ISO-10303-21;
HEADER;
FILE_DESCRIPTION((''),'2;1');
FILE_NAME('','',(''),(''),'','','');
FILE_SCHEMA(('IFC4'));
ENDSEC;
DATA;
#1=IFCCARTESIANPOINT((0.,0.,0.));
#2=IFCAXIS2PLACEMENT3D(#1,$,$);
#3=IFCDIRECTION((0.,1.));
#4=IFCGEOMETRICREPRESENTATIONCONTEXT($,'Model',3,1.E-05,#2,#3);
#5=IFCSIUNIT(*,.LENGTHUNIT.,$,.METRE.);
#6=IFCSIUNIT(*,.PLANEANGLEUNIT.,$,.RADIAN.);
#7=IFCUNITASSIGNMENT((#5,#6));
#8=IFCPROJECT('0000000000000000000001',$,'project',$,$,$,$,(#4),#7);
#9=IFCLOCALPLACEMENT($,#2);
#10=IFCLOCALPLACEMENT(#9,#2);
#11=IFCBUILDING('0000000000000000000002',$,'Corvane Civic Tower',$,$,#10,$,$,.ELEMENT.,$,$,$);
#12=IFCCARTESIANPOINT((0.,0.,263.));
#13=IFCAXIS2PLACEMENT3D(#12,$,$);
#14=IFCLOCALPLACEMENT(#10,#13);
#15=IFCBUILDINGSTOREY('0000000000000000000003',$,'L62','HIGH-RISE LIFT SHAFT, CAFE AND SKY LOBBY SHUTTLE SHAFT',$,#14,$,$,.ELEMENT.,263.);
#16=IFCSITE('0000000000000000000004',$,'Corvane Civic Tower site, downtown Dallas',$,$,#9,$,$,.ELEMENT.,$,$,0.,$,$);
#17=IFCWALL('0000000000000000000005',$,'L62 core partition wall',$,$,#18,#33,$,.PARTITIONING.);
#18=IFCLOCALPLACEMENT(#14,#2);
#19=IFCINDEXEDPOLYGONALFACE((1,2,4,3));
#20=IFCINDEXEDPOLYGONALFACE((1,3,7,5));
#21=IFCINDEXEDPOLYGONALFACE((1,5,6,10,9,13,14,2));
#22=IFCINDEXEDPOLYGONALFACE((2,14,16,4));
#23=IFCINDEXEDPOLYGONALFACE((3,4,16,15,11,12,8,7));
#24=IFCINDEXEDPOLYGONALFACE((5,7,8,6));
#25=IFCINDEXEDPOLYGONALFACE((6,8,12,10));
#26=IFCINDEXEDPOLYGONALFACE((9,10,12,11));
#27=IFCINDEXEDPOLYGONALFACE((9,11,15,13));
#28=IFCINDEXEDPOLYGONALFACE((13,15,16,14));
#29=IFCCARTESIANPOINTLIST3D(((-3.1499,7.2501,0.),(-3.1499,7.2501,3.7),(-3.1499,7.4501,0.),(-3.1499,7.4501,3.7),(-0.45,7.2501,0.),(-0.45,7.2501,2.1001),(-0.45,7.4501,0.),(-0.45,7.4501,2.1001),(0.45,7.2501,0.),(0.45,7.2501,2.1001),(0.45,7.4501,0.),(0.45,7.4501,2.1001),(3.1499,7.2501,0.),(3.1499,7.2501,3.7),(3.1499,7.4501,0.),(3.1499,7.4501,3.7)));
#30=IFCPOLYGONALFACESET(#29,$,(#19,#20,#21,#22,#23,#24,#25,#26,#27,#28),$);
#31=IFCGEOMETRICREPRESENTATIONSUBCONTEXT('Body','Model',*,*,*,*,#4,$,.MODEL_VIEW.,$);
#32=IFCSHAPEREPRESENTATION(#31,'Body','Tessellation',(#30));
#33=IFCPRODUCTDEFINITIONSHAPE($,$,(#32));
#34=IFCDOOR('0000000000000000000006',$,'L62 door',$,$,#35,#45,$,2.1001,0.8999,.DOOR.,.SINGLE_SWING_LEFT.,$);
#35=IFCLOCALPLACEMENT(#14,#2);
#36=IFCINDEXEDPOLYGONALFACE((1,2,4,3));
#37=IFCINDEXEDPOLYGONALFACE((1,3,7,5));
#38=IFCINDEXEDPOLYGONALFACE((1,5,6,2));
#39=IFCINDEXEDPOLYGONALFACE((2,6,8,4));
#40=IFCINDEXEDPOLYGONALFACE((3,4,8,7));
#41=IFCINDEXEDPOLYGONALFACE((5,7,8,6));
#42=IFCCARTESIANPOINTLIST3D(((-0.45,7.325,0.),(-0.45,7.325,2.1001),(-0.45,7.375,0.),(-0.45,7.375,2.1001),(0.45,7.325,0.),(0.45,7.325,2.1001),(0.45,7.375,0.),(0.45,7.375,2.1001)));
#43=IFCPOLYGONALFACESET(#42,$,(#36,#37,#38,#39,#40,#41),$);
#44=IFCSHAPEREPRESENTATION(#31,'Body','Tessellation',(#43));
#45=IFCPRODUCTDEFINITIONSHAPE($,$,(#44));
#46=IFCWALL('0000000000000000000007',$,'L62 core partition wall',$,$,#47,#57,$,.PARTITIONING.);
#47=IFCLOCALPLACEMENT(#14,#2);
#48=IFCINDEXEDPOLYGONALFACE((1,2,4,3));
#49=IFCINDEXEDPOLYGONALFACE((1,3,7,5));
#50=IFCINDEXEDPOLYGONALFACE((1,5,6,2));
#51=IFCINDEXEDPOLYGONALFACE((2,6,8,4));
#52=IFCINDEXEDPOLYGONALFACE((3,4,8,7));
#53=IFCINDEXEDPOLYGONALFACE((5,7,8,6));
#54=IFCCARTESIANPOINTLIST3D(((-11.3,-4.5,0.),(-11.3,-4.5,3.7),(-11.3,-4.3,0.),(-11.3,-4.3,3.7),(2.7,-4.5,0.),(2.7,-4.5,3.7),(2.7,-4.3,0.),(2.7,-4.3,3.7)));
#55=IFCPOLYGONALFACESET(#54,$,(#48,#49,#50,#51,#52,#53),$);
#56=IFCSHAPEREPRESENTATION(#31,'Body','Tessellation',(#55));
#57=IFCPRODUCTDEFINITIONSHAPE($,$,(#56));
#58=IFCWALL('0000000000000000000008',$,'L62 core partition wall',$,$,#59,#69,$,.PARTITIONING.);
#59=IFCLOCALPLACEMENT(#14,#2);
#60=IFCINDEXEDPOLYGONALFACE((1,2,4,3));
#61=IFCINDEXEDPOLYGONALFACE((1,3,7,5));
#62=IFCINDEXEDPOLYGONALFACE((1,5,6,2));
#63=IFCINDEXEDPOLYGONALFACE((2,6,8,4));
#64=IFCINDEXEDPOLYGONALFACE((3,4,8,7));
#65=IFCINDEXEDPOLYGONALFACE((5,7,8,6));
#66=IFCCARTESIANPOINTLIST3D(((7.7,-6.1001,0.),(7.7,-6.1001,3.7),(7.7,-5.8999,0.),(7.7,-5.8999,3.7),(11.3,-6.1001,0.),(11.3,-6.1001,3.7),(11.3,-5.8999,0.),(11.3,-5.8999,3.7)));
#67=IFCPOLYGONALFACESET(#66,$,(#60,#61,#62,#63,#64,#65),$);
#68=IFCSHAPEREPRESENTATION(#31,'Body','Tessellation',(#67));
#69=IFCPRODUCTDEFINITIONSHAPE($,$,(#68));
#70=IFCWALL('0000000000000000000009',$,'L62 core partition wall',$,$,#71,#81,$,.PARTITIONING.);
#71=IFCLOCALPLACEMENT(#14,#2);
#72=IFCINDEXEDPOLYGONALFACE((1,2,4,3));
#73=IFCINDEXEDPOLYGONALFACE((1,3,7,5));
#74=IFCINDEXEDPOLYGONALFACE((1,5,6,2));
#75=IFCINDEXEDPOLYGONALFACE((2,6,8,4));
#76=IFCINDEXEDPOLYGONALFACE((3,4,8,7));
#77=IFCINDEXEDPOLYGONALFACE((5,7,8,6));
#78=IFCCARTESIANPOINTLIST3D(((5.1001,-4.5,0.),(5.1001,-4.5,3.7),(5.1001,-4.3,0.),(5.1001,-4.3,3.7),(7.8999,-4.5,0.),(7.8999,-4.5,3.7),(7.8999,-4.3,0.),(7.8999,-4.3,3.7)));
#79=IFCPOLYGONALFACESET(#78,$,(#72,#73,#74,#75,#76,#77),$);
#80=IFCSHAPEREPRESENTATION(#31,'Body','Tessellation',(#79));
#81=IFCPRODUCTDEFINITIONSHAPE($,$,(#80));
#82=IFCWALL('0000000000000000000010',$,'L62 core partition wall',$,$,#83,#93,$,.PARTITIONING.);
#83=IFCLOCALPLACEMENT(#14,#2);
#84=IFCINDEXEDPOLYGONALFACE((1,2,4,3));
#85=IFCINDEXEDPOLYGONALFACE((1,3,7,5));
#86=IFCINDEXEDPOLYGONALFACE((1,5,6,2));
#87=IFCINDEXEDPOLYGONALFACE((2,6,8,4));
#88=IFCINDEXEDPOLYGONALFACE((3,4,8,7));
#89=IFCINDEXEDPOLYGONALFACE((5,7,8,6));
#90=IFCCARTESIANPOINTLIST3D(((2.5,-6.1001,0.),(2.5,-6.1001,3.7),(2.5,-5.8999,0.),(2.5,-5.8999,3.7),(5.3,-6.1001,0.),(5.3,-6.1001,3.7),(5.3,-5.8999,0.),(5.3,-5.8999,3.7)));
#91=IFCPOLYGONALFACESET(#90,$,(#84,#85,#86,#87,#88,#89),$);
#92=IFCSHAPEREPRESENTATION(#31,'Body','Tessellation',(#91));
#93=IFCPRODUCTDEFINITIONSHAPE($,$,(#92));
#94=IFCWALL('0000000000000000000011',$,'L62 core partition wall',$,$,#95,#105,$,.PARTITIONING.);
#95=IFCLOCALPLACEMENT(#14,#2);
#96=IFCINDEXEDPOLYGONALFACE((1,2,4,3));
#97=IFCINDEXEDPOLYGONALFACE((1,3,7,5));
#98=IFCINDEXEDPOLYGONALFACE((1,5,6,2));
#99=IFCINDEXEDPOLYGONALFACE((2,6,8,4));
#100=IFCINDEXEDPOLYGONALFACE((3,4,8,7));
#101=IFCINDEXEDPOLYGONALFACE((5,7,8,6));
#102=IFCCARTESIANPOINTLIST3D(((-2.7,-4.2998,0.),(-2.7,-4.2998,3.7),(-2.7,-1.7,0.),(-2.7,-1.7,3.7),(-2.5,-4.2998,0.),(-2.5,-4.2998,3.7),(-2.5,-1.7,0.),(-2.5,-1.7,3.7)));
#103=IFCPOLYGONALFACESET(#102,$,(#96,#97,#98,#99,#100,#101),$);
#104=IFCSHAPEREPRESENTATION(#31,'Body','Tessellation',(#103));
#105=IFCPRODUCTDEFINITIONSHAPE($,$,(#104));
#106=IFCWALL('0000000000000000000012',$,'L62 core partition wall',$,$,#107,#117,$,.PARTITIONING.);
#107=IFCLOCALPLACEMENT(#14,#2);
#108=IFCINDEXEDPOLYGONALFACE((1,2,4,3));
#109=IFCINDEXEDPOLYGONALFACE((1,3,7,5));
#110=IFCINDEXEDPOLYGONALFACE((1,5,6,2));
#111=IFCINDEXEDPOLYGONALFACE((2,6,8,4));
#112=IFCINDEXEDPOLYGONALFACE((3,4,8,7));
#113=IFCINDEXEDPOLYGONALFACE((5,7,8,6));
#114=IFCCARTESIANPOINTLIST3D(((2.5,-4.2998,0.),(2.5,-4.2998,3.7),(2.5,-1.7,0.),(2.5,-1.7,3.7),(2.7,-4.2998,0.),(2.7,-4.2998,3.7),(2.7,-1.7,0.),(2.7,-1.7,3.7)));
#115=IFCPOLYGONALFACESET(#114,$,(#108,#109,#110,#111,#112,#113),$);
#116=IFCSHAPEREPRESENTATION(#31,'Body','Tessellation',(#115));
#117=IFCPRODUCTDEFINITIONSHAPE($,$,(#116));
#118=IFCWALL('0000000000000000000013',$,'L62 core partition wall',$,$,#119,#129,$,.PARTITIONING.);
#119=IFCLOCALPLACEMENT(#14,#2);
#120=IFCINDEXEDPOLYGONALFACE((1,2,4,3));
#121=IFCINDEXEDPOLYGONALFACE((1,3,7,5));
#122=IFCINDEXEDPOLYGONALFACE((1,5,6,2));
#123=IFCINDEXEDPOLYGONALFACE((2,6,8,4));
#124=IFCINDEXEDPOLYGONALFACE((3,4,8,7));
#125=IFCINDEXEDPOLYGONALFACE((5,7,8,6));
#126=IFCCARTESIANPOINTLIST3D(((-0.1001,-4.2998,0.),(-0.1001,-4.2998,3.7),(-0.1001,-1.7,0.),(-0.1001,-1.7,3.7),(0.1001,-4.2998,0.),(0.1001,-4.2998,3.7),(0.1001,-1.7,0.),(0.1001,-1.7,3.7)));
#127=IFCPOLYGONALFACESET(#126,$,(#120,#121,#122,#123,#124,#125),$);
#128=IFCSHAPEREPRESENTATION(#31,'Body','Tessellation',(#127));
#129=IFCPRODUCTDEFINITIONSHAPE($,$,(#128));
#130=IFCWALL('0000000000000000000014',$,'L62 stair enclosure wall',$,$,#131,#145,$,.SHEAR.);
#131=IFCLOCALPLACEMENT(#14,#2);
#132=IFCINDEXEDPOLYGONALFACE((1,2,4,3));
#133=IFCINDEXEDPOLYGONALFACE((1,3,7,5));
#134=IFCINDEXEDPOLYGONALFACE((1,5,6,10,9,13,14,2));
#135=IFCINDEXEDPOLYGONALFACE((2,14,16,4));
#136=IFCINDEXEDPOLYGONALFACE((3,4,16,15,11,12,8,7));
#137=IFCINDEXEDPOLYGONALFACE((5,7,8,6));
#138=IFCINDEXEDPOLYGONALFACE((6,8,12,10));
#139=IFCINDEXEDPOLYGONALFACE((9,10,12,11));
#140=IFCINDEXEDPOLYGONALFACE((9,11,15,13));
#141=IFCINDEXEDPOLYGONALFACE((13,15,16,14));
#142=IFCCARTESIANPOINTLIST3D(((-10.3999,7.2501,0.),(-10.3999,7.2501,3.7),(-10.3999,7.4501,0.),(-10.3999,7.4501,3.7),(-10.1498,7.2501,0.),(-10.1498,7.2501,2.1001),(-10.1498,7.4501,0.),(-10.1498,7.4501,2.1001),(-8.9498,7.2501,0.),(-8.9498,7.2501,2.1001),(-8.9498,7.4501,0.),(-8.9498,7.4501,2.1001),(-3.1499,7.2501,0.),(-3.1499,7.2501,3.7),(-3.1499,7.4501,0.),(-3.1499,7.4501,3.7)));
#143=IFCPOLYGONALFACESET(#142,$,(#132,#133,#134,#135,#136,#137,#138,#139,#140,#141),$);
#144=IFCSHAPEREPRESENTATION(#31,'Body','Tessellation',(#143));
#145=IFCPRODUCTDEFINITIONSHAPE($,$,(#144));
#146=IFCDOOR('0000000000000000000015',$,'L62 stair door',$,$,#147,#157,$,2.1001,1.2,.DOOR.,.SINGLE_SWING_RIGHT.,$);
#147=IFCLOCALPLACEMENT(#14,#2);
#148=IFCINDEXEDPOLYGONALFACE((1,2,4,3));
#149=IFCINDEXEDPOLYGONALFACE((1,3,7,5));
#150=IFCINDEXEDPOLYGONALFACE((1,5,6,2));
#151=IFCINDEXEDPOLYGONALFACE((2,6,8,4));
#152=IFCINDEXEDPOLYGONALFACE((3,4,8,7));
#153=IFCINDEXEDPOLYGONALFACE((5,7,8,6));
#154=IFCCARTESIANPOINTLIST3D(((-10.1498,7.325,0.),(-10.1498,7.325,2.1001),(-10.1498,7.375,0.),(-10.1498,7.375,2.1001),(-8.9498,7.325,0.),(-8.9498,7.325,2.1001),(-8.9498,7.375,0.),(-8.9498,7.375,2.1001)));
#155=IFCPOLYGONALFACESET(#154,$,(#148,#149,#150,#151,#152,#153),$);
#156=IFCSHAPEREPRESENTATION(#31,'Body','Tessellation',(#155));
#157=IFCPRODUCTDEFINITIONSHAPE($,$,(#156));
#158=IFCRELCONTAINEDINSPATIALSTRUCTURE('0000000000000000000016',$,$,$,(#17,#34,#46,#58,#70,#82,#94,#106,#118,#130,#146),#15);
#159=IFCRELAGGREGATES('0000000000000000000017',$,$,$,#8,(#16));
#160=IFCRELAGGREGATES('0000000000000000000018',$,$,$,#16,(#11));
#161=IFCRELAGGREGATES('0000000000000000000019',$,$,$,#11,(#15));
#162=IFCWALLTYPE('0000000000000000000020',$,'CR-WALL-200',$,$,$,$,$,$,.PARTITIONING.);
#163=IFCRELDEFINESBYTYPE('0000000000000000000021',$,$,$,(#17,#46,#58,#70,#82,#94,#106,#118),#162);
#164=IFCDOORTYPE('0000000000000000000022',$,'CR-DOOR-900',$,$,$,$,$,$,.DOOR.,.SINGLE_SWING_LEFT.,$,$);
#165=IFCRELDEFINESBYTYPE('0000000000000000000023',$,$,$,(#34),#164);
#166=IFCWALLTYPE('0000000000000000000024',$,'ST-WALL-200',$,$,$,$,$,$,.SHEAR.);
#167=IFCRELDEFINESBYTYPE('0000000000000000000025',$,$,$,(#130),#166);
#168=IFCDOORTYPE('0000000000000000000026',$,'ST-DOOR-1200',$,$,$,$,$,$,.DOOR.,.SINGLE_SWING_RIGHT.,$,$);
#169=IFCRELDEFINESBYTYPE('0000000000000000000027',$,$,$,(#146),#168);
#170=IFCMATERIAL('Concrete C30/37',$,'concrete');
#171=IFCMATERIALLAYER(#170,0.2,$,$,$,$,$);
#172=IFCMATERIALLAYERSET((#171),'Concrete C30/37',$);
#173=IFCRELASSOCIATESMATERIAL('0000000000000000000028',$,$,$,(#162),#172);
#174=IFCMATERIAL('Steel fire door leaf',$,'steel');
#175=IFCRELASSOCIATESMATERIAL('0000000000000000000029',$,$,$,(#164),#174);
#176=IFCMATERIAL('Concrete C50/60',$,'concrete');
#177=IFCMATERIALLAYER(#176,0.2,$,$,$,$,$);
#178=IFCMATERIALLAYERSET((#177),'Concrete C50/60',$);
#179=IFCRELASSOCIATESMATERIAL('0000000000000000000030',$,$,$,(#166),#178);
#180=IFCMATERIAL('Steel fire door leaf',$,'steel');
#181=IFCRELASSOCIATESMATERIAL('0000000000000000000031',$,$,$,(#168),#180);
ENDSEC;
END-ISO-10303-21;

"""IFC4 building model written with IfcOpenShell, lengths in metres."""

from ifc_helpers import new_model, si_unit, direction, frame, frame_2d, origin, place, context, subcontext, project, spatial, polyline, rectangle, outline, extrude, material, layer, layer_set, type_object, element, fill, save


model = new_model("IFC4")

# Units and contexts
model_context = context("Model", 3, precision=1e-05, world=origin(), true_north=direction((0.0, 1.0)))
body_context = subcontext(model_context, "Body", "Model", "MODEL_VIEW")
ifc_project = project(units=[si_unit("LENGTHUNIT", "METRE"), si_unit("PLANEANGLEUNIT", "RADIAN")], contexts=[model_context])

# Site, building, storey
site_placement = place(None, origin())
site = spatial("IfcSite", under=ifc_project, at=site_placement, Name="Corvane Civic Tower site, downtown Dallas", CompositionType="ELEMENT", RefElevation=0.0)
building_placement = place(site_placement, origin())
building = spatial("IfcBuilding", under=site, at=building_placement, Name="Corvane Civic Tower", CompositionType="ELEMENT")
storey_placement = place(building_placement, frame((0.0, 0.0, 263.0)))
storey = spatial("IfcBuildingStorey", under=building, at=storey_placement, Name="L62", Description="HIGH-RISE LIFT SHAFT, CAFE AND SKY LOBBY SHUTTLE SHAFT", CompositionType="ELEMENT", Elevation=263.0)

# Shared definitions
ifc_material_1 = material(Name="Concrete C30/37", Category="concrete")
ifc_layer_1 = layer(ifc_material_1, 0.2)
ifc_layer_set_1 = layer_set([ifc_layer_1], Name="Concrete C30/37")
wall_type_1 = type_object("IfcWallType", Name="CR-WALL-200", PredefinedType="PARTITIONING", material=ifc_layer_set_1)

# Wall, opening, door
wall_1_placement = place(storey_placement, frame((-3.1499, 7.3501, 0.0), z_axis=(0.0, 0.0, 1.0), x_axis=(1.0, 0.0, 0.0)))
wall_1 = element("IfcWall", 1, at=wall_1_placement, inside=storey, type_object=wall_type_1, Name="L62 core partition wall", PredefinedType="PARTITIONING", context=body_context, shape_type="SweptSolid", body=[
    extrude(rectangle(XDim=6.2998, YDim=0.2, at=frame_2d((3.1499, 0.0))), origin(), (0.0, 0.0, 1.0), 3.7),
])
opening_1_placement = place(wall_1_placement, frame((2.7, 0.0, 0.0)))
opening_1 = element("IfcOpeningElement", 2, at=opening_1_placement, cuts=wall_1, PredefinedType="OPENING", context=body_context, shape_type="SweptSolid", body=[
    extrude(rectangle(XDim=0.8999, YDim=2.1001, at=frame_2d((0.45, 1.05))), frame((0.0, 0.1099, 0.0), z_axis=(0.0, -1.0, 0.0), x_axis=(1.0, 0.0, 0.0)), (0.0, 0.0, 1.0), 0.22),
])
ifc_material_2 = material(Name="Steel fire door leaf", Category="steel")
door_type_1 = type_object("IfcDoorType", Name="CR-DOOR-900", OperationType="SINGLE_SWING_LEFT", PredefinedType="DOOR", material=ifc_material_2)
door_1_placement = place(opening_1_placement, origin())
door_1 = element("IfcDoor", 3, at=door_1_placement, inside=storey, type_object=door_type_1, Name="L62 door", OperationType="SINGLE_SWING_LEFT", OverallHeight=2.1001, OverallWidth=0.8999, PredefinedType="DOOR", context=body_context, shape_type="SweptSolid", body=[
    extrude(rectangle(XDim=0.8999, YDim=2.1001, at=frame_2d((0.45, 1.05))), frame((0.0, 0.0249, 0.0), z_axis=(0.0, -1.0, 0.0), x_axis=(1.0, 0.0, 0.0)), (0.0, 0.0, 1.0), 0.05),
])
fill(opening_1, door_1)

# Walls
wall_2_placement = place(storey_placement, origin())
element("IfcWall", 4, at=wall_2_placement, inside=storey, type_object=wall_type_1, Name="L62 core partition wall", PredefinedType="PARTITIONING", context=body_context, shape_type="SweptSolid", body=[
    extrude(outline(polyline([(2.7, -4.3), (2.7, -4.5), (-11.3, -4.5), (-11.3, -4.3), (2.7, -4.3)])), origin(), (0.0, 0.0, 1.0), 3.7),
])
wall_3_placement = place(storey_placement, origin())
element("IfcWall", 5, at=wall_3_placement, inside=storey, type_object=wall_type_1, Name="L62 core partition wall", PredefinedType="PARTITIONING", context=body_context, shape_type="SweptSolid", body=[
    extrude(outline(polyline([(11.3, -6.1001), (7.7, -6.1001), (7.7, -5.8999), (11.3, -5.8999), (11.3, -6.1001)])), origin(), (0.0, 0.0, 1.0), 3.7),
])
wall_4_placement = place(storey_placement, origin())
element("IfcWall", 6, at=wall_4_placement, inside=storey, type_object=wall_type_1, Name="L62 core partition wall", PredefinedType="PARTITIONING", context=body_context, shape_type="SweptSolid", body=[
    extrude(outline(polyline([(7.8999, -4.5), (5.1001, -4.5), (5.1001, -4.3), (7.8999, -4.3), (7.8999, -4.5)])), origin(), (0.0, 0.0, 1.0), 3.7),
])
wall_5_placement = place(storey_placement, origin())
element("IfcWall", 7, at=wall_5_placement, inside=storey, type_object=wall_type_1, Name="L62 core partition wall", PredefinedType="PARTITIONING", context=body_context, shape_type="SweptSolid", body=[
    extrude(outline(polyline([(5.3, -6.1001), (2.5, -6.1001), (2.5, -5.8999), (5.3, -5.8999), (5.3, -6.1001)])), origin(), (0.0, 0.0, 1.0), 3.7),
])
wall_6_placement = place(storey_placement, origin())
element("IfcWall", 8, at=wall_6_placement, inside=storey, type_object=wall_type_1, Name="L62 core partition wall", PredefinedType="PARTITIONING", context=body_context, shape_type="SweptSolid", body=[
    extrude(outline(polyline([(-2.5, -1.7), (-2.5, -4.2998), (-2.7, -4.2998), (-2.7, -1.7), (-2.5, -1.7)])), origin(), (0.0, 0.0, 1.0), 3.7),
])
wall_7_placement = place(storey_placement, origin())
element("IfcWall", 9, at=wall_7_placement, inside=storey, type_object=wall_type_1, Name="L62 core partition wall", PredefinedType="PARTITIONING", context=body_context, shape_type="SweptSolid", body=[
    extrude(outline(polyline([(2.7, -1.7), (2.7, -4.2998), (2.5, -4.2998), (2.5, -1.7), (2.7, -1.7)])), origin(), (0.0, 0.0, 1.0), 3.7),
])
wall_8_placement = place(storey_placement, origin())
element("IfcWall", 10, at=wall_8_placement, inside=storey, type_object=wall_type_1, Name="L62 core partition wall", PredefinedType="PARTITIONING", context=body_context, shape_type="SweptSolid", body=[
    extrude(outline(polyline([(0.1001, -1.7), (0.1001, -4.2998), (-0.1001, -4.2998), (-0.1001, -1.7), (0.1001, -1.7)])), origin(), (0.0, 0.0, 1.0), 3.7),
])

# Wall, opening, door
ifc_material_3 = material(Name="Concrete C50/60", Category="concrete")
ifc_layer_2 = layer(ifc_material_3, 0.2)
ifc_layer_set_2 = layer_set([ifc_layer_2], Name="Concrete C50/60")
wall_type_2 = type_object("IfcWallType", Name="ST-WALL-200", PredefinedType="SHEAR", material=ifc_layer_set_2)
wall_9_placement = place(storey_placement, frame((-10.3999, 7.3501, 0.0), z_axis=(0.0, 0.0, 1.0), x_axis=(1.0, 0.0, 0.0)))
wall_9 = element("IfcWall", 11, at=wall_9_placement, inside=storey, type_object=wall_type_2, Name="L62 stair enclosure wall", PredefinedType="SHEAR", context=body_context, shape_type="SweptSolid", body=[
    extrude(rectangle(XDim=7.25, YDim=0.2, at=frame_2d((3.625, 0.0))), origin(), (0.0, 0.0, 1.0), 3.7),
])
opening_2_placement = place(wall_9_placement, frame((0.25, 0.0, 0.0)))
opening_2 = element("IfcOpeningElement", 12, at=opening_2_placement, cuts=wall_9, PredefinedType="OPENING", context=body_context, shape_type="SweptSolid", body=[
    extrude(rectangle(XDim=1.2, YDim=2.1001, at=frame_2d((0.6001, 1.05))), frame((0.0, 0.1099, 0.0), z_axis=(0.0, -1.0, 0.0), x_axis=(1.0, 0.0, 0.0)), (0.0, 0.0, 1.0), 0.22),
])
ifc_material_4 = material(Name="Steel fire door leaf", Category="steel")
door_type_2 = type_object("IfcDoorType", Name="ST-DOOR-1200", OperationType="SINGLE_SWING_RIGHT", PredefinedType="DOOR", material=ifc_material_4)
door_2_placement = place(opening_2_placement, origin())
door_2 = element("IfcDoor", 13, at=door_2_placement, inside=storey, type_object=door_type_2, Name="L62 stair door", OperationType="SINGLE_SWING_RIGHT", OverallHeight=2.1001, OverallWidth=1.2, PredefinedType="DOOR", context=body_context, shape_type="SweptSolid", body=[
    extrude(rectangle(XDim=1.2, YDim=2.1001, at=frame_2d((0.6001, 1.05))), frame((0.0, 0.0249, 0.0), z_axis=(0.0, -1.0, 0.0), x_axis=(1.0, 0.0, 0.0)), (0.0, 0.0, 1.0), 0.05),
])
fill(opening_2, door_2)

save(model, "model.ifc")
